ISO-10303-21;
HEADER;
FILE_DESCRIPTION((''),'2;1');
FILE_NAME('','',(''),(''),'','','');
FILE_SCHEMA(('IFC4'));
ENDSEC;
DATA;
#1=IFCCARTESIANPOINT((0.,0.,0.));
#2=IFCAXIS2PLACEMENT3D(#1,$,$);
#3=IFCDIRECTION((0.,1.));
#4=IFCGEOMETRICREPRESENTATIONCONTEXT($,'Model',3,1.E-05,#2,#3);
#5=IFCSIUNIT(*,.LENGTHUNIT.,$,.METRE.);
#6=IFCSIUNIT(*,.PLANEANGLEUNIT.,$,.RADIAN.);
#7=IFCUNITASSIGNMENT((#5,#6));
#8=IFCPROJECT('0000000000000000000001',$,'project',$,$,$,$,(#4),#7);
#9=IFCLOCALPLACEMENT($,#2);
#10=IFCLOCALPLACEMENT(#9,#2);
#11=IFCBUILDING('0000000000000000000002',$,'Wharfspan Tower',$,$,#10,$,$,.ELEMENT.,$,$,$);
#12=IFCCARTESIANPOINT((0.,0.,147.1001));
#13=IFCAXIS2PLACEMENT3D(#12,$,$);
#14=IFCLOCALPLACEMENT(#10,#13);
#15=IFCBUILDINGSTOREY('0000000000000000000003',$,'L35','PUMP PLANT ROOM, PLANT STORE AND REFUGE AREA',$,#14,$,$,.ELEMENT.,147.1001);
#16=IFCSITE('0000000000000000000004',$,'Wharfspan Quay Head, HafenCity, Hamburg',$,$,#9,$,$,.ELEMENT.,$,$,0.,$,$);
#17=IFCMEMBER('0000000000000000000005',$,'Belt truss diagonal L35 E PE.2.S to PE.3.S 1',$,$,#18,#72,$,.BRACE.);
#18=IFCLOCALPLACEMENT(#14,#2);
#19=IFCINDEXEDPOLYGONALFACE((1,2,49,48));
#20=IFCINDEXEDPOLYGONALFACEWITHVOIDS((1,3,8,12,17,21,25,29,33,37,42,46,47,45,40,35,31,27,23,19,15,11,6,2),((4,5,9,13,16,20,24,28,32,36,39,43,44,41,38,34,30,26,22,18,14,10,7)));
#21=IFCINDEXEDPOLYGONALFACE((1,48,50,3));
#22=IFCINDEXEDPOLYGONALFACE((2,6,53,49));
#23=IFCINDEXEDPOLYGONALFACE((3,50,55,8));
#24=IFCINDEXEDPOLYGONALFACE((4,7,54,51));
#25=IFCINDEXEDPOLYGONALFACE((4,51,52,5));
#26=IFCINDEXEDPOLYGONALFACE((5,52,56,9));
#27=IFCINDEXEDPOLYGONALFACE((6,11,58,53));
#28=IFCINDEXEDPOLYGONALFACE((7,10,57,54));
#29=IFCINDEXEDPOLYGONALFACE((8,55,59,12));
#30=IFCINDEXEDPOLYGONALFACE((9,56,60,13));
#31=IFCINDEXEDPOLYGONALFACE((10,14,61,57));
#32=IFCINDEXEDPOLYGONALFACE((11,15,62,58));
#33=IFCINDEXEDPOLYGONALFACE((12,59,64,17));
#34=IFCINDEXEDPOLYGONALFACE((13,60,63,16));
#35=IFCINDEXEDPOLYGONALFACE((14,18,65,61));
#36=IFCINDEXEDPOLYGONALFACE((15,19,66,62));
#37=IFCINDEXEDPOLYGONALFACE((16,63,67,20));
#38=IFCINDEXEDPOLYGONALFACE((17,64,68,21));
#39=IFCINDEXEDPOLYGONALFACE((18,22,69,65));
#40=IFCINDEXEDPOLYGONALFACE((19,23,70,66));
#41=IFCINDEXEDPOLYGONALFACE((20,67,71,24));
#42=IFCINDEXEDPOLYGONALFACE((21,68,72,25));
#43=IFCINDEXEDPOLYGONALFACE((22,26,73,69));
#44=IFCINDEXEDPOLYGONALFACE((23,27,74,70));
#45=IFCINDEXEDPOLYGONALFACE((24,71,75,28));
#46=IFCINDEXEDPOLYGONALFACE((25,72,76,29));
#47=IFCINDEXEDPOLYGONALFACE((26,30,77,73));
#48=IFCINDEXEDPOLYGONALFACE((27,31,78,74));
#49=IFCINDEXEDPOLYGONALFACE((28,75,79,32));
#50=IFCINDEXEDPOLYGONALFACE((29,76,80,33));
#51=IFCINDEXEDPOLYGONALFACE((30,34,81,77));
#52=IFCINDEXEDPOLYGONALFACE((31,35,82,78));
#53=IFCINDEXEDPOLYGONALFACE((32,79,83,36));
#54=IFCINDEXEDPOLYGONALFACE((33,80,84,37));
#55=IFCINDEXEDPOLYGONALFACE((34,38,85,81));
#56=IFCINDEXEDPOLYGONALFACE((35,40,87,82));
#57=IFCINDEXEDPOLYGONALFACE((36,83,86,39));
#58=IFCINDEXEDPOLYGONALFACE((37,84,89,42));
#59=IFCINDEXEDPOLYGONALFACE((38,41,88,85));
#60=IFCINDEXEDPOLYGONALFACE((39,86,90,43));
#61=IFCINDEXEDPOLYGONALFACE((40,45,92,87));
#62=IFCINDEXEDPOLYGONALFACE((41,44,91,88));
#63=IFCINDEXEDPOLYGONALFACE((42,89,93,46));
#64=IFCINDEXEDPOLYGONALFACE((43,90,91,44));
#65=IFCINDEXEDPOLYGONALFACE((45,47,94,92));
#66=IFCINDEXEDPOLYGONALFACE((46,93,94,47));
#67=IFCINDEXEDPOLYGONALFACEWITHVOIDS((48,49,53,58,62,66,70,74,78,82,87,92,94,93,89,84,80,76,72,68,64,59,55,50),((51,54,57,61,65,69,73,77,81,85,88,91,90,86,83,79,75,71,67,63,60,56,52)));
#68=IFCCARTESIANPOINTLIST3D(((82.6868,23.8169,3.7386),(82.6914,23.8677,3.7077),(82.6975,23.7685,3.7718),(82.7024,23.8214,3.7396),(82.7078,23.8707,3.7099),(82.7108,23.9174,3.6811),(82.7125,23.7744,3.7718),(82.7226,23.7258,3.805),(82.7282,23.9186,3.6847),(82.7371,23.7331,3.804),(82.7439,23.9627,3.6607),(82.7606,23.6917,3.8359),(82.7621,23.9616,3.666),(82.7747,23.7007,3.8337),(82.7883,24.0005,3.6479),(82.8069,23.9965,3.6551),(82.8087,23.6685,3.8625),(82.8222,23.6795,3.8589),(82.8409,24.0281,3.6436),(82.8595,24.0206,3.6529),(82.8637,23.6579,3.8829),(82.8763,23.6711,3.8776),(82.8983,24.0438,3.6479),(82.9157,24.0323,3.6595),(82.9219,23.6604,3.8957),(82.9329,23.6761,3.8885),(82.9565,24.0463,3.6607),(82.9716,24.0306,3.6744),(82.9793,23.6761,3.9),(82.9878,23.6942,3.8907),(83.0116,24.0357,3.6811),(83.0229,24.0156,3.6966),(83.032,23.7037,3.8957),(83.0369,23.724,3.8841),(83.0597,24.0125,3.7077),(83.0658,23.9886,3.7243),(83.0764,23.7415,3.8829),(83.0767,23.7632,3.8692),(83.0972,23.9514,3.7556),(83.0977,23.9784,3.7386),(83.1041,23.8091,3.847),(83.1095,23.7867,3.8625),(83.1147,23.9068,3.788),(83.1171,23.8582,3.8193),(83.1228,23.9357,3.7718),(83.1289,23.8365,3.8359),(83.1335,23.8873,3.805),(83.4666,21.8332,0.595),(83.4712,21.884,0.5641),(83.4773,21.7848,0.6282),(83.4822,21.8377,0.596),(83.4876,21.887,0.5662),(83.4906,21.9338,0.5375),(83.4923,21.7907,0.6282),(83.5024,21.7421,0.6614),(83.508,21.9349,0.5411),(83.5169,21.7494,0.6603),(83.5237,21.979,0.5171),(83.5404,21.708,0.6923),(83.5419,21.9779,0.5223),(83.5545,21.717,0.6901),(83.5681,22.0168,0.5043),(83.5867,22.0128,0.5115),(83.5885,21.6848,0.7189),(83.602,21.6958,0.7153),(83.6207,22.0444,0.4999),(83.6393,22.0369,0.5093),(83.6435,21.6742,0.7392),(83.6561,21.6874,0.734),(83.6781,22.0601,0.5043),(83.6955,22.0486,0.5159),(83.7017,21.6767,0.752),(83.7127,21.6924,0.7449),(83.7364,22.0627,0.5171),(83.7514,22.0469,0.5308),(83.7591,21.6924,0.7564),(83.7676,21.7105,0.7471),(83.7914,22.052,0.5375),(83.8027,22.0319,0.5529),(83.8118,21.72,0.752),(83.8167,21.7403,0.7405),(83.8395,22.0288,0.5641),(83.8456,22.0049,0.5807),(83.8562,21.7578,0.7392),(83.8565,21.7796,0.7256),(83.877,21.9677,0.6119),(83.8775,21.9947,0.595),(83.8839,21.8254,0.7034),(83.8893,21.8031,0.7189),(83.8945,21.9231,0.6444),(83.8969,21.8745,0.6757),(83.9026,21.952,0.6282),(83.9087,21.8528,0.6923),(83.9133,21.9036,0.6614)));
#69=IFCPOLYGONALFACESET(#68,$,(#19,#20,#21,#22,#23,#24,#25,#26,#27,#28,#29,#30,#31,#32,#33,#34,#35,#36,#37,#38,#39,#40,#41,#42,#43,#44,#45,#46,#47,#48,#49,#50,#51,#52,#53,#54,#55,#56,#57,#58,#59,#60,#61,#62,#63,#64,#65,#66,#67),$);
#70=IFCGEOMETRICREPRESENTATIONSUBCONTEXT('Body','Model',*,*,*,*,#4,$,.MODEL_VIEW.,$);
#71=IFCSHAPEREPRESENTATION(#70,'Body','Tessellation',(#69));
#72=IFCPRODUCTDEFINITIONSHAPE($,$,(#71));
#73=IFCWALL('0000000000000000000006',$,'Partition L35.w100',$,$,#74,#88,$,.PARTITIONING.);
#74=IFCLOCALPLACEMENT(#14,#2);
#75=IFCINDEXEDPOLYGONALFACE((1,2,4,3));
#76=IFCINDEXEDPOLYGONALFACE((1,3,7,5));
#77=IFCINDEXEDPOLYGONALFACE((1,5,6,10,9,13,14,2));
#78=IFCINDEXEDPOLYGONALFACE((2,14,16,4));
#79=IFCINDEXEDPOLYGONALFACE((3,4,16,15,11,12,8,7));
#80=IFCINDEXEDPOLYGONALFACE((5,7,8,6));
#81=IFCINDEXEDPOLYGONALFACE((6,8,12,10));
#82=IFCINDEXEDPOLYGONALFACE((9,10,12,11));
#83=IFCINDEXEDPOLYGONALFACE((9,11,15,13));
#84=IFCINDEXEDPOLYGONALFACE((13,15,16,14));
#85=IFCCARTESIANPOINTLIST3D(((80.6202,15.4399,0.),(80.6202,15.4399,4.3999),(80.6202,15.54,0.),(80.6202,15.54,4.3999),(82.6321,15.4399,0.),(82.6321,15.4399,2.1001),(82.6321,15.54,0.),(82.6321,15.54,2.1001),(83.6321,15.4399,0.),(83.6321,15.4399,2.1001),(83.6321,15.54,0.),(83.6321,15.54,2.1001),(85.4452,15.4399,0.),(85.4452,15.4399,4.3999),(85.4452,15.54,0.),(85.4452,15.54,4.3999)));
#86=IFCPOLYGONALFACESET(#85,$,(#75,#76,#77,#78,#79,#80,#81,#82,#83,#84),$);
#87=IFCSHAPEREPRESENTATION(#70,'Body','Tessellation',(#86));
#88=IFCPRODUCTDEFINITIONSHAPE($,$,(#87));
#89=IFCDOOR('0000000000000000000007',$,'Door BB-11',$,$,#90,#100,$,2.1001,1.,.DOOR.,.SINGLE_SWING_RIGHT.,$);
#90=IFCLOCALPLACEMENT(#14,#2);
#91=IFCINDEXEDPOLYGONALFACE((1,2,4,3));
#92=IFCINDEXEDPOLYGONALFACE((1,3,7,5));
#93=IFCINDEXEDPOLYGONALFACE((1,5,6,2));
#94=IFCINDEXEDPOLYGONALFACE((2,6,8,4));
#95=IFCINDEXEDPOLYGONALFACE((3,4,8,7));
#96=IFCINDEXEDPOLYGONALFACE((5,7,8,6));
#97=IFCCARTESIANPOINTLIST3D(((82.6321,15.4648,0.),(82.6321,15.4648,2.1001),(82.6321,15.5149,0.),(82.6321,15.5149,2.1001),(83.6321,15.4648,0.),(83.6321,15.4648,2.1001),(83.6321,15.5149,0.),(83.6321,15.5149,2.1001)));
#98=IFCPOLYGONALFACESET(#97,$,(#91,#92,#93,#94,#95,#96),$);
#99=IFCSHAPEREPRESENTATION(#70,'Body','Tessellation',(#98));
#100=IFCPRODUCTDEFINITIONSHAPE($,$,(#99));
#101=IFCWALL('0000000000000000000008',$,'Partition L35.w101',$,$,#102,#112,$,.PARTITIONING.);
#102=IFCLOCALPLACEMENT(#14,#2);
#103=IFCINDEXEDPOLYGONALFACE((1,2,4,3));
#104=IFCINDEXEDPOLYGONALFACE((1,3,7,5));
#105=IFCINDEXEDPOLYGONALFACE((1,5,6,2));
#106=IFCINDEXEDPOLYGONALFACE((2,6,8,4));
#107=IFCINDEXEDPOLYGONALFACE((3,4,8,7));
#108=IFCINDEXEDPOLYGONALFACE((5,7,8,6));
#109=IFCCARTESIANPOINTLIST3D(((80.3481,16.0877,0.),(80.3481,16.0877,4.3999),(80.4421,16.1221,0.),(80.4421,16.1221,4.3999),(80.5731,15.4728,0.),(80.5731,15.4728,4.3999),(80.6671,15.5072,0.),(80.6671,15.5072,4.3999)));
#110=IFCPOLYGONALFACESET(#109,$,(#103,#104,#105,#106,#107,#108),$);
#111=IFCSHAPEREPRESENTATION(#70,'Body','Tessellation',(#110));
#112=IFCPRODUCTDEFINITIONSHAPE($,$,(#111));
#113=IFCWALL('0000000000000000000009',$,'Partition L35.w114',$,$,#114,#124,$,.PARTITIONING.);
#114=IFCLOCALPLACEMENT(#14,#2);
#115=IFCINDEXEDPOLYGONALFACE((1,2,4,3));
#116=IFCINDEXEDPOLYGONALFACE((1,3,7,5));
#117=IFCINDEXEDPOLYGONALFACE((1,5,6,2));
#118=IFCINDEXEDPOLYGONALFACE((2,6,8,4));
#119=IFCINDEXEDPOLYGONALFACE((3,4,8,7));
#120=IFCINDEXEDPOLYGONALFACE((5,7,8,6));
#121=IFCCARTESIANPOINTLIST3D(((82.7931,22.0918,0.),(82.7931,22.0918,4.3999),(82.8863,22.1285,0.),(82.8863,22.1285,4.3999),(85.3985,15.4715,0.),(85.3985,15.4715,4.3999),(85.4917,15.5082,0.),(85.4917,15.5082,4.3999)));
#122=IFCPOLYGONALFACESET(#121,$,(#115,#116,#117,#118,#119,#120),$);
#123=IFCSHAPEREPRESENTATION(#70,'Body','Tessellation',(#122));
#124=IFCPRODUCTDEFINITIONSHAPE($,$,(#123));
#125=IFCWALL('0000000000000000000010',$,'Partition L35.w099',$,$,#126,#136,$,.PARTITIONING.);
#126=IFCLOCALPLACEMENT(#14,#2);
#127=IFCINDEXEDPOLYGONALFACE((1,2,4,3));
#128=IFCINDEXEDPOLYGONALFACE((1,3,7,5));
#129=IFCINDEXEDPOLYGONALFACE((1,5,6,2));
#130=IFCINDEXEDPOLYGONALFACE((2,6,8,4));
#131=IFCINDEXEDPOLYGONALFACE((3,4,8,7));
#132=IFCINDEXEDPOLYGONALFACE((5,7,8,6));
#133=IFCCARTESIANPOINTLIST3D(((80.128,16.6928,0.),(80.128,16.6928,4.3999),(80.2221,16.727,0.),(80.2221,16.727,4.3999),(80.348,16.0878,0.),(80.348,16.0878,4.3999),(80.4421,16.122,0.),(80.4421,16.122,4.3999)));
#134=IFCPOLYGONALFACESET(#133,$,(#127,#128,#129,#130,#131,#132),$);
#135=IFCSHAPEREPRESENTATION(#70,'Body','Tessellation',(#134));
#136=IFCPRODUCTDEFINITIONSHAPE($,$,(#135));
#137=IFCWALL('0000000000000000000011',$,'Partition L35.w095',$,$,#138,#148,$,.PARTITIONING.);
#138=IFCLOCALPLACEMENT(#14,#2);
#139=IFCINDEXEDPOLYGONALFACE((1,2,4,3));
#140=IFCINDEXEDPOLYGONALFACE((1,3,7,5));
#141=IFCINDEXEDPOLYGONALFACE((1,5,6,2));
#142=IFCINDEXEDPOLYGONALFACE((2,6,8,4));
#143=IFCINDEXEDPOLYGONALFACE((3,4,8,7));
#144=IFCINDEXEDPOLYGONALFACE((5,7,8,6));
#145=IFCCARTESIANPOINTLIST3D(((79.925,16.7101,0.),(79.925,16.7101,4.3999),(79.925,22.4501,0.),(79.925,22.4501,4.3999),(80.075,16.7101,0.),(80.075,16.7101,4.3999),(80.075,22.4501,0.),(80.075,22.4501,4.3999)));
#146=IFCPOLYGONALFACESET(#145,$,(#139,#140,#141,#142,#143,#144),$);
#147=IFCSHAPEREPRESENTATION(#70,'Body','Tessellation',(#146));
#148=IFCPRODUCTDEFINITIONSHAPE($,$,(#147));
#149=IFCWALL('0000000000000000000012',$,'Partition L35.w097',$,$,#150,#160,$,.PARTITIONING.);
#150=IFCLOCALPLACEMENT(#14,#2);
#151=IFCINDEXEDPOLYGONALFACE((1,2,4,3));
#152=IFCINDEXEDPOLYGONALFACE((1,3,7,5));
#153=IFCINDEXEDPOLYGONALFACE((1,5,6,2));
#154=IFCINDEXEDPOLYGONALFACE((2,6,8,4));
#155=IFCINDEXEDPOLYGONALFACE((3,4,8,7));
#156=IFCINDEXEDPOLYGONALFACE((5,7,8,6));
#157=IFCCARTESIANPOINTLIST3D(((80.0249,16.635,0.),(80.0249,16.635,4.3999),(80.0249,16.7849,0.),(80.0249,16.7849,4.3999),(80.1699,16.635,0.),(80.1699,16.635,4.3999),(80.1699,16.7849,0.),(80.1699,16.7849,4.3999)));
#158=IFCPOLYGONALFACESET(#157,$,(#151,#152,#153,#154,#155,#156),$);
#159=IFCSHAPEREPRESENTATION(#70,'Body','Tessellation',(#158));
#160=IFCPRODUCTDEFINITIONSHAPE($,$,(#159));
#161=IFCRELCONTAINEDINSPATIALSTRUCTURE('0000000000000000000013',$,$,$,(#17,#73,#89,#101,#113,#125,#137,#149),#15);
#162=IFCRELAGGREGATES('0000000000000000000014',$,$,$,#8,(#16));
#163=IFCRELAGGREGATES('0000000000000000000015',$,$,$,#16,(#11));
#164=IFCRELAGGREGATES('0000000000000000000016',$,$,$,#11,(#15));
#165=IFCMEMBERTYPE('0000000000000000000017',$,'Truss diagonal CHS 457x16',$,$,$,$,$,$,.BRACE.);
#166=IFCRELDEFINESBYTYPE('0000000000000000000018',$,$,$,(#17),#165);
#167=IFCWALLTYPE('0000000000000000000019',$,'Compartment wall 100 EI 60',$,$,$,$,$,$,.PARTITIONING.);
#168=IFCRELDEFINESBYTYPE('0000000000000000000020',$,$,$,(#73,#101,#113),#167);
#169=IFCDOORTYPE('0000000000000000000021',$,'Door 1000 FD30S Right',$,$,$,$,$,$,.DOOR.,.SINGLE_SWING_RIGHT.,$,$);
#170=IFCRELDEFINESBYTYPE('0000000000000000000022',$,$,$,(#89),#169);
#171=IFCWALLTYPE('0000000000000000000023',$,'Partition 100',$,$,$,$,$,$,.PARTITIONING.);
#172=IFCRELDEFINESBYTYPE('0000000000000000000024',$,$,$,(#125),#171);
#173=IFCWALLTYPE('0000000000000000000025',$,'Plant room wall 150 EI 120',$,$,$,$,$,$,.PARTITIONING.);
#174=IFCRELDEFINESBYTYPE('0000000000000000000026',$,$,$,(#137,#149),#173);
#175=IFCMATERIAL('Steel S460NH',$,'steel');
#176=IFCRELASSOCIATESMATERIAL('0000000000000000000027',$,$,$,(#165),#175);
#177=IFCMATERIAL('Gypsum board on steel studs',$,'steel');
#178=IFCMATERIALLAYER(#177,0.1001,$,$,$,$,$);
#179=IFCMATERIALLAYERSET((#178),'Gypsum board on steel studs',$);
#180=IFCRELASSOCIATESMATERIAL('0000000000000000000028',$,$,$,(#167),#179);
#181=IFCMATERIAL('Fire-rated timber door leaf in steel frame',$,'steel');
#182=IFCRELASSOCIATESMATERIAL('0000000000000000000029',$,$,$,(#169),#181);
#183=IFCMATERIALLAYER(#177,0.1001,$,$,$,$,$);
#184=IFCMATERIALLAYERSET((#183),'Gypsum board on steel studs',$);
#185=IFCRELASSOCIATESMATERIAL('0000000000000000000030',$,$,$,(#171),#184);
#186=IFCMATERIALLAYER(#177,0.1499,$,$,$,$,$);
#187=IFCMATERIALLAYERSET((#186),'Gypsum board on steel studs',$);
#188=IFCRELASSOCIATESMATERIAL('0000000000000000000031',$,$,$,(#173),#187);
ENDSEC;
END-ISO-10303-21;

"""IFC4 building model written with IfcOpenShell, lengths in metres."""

from ifc_helpers import new_model, si_unit, direction, frame, frame_2d, origin, origin_2d, place, context, subcontext, project, spatial, rectangle, hollow_circle, extrude, material, layer, layer_set, material_profile, profile_set, type_object, element, fill, save


model = new_model("IFC4")

# Units and contexts
model_context = context("Model", 3, precision=1e-05, world=origin(), true_north=direction((0.0, 1.0)))
body_context = subcontext(model_context, "Body", "Model", "MODEL_VIEW")
ifc_project = project(units=[si_unit("LENGTHUNIT", "METRE"), si_unit("PLANEANGLEUNIT", "RADIAN")], contexts=[model_context])

# Site, building, storey
site_placement = place(None, origin())
site = spatial("IfcSite", under=ifc_project, at=site_placement, Name="Wharfspan Quay Head, HafenCity, Hamburg", CompositionType="ELEMENT", RefElevation=0.0)
building_placement = place(site_placement, origin())
building = spatial("IfcBuilding", under=site, at=building_placement, Name="Wharfspan Tower", CompositionType="ELEMENT")
storey_placement = place(building_placement, frame((0.0, 0.0, 147.1001)))
storey = spatial("IfcBuildingStorey", under=building, at=storey_placement, Name="L35", Description="PUMP PLANT ROOM, PLANT STORE AND REFUGE AREA", CompositionType="ELEMENT", Elevation=147.1001)

# Member
ifc_material_1 = material(Name="Steel S460NH", Category="steel")
ifc_material_profile_1 = material_profile(ifc_material_1, hollow_circle(Radius=0.2285, WallThickness=0.0161, at=origin_2d()))
ifc_profile_set_1 = profile_set([ifc_material_profile_1], Name="Steel S460NH")
member_type_1 = type_object("IfcMemberType", Name="Truss diagonal CHS 457x16", PredefinedType="BRACE", material=ifc_profile_set_1)
member_placement = place(storey_placement, frame((83.6899, 21.8684, 0.6282), z_axis=(-0.205314, 0.522285, 0.827686), x_axis=(-0.930676, -0.365857, 0.000001)))
element("IfcMember", 1, at=member_placement, inside=storey, type_object=member_type_1, Name="Belt truss diagonal L35 E PE.2.S to PE.3.S 1", PredefinedType="BRACE", context=body_context, shape_type="SweptSolid", body=[
    extrude(hollow_circle(Radius=0.2285, WallThickness=0.0161, at=origin_2d()), origin(), (0.0, 0.0, 1.0), 3.7981),
])

# Wall, opening, door
ifc_material_2 = material(Name="Gypsum board on steel studs", Category="steel")
ifc_layer_1 = layer(ifc_material_2, 0.1001)
ifc_layer_set_1 = layer_set([ifc_layer_1], Name="Gypsum board on steel studs")
wall_type_1 = type_object("IfcWallType", Name="Compartment wall 100 EI 60", PredefinedType="PARTITIONING", material=ifc_layer_set_1)
wall_1_placement = place(storey_placement, frame((80.6201, 15.49, 0.0), z_axis=(0.0, 0.0, 1.0), x_axis=(1.0, 0.0, 0.0)))
wall_1 = element("IfcWall", 2, at=wall_1_placement, inside=storey, type_object=wall_type_1, Name="Partition L35.w100", PredefinedType="PARTITIONING", context=body_context, shape_type="SweptSolid", body=[
    extrude(rectangle(XDim=4.825, YDim=0.1001, at=frame_2d((2.4126, 0.0))), origin(), (0.0, 0.0, 1.0), 4.3999),
])
opening_placement = place(wall_1_placement, frame((2.012, 0.0, 0.0)))
opening = element("IfcOpeningElement", 3, at=opening_placement, cuts=wall_1, PredefinedType="OPENING", context=body_context, shape_type="SweptSolid", body=[
    extrude(rectangle(XDim=1.0, YDim=2.1001, at=frame_2d((0.5, 1.05))), frame((0.0, 0.0601, 0.0), z_axis=(0.0, -1.0, 0.0), x_axis=(1.0, 0.0, 0.0)), (0.0, 0.0, 1.0), 0.1201),
])
ifc_material_3 = material(Name="Fire-rated timber door leaf in steel frame", Category="steel")
door_type = type_object("IfcDoorType", Name="Door 1000 FD30S Right", OperationType="SINGLE_SWING_RIGHT", PredefinedType="DOOR", material=ifc_material_3)
door_placement = place(opening_placement, origin())
door = element("IfcDoor", 4, at=door_placement, inside=storey, type_object=door_type, Name="Door BB-11", OperationType="SINGLE_SWING_RIGHT", OverallHeight=2.1001, OverallWidth=1.0, PredefinedType="DOOR", context=body_context, shape_type="SweptSolid", body=[
    extrude(rectangle(XDim=1.0, YDim=2.1001, at=frame_2d((0.5, 1.05))), frame((0.0, 0.0249, 0.0), z_axis=(0.0, -1.0, 0.0), x_axis=(1.0, 0.0, 0.0)), (0.0, 0.0, 1.0), 0.05),
])
fill(opening, door)

# Walls
wall_2_placement = place(storey_placement, frame((80.6201, 15.49, 0.0), z_axis=(0.0, 0.0, 1.0), x_axis=(-0.343719, 0.939076, 0.0)))
element("IfcWall", 5, at=wall_2_placement, inside=storey, type_object=wall_type_1, Name="Partition L35.w101", PredefinedType="PARTITIONING", context=body_context, shape_type="SweptSolid", body=[
    extrude(rectangle(XDim=0.6548, YDim=0.1001, at=frame_2d((0.3274, 0.0))), origin(), (0.0, 0.0, 1.0), 4.3999),
])
wall_3_placement = place(storey_placement, frame((85.4451, 15.49, 0.0), z_axis=(0.0, 0.0, 1.0), x_axis=(-0.366214, 0.930531, 0.0)))
element("IfcWall", 6, at=wall_3_placement, inside=storey, type_object=wall_type_1, Name="Partition L35.w114", PredefinedType="PARTITIONING", context=body_context, shape_type="SweptSolid", body=[
    extrude(rectangle(XDim=7.1145, YDim=0.1001, at=frame_2d((3.5571, 0.0))), origin(), (0.0, 0.0, 1.0), 4.3999),
])
ifc_layer_2 = layer(ifc_material_2, 0.1001)
ifc_layer_set_2 = layer_set([ifc_layer_2], Name="Gypsum board on steel studs")
wall_type_2 = type_object("IfcWallType", Name="Partition 100", PredefinedType="PARTITIONING", material=ifc_layer_set_2)
wall_4_placement = place(storey_placement, frame((80.395, 16.105, 0.0), z_axis=(0.0, 0.0, 1.0), x_axis=(-0.341711, 0.9398, 0.0)))
element("IfcWall", 7, at=wall_4_placement, inside=storey, type_object=wall_type_2, Name="Partition L35.w099", PredefinedType="PARTITIONING", context=body_context, shape_type="SweptSolid", body=[
    extrude(rectangle(XDim=0.6438, YDim=0.1001, at=frame_2d((0.3218, 0.0))), origin(), (0.0, 0.0, 1.0), 4.3999),
])
ifc_layer_3 = layer(ifc_material_2, 0.1499)
ifc_layer_set_3 = layer_set([ifc_layer_3], Name="Gypsum board on steel studs")
wall_type_3 = type_object("IfcWallType", Name="Plant room wall 150 EI 120", PredefinedType="PARTITIONING", material=ifc_layer_set_3)
wall_5_placement = place(storey_placement, frame((80.0, 16.71, 0.0), z_axis=(0.0, 0.0, 1.0), x_axis=(0.0, 1.0, 0.0)))
element("IfcWall", 8, at=wall_5_placement, inside=storey, type_object=wall_type_3, Name="Partition L35.w095", PredefinedType="PARTITIONING", context=body_context, shape_type="SweptSolid", body=[
    extrude(rectangle(XDim=5.74, YDim=0.1499, at=frame_2d((2.8701, 0.0))), origin(), (0.0, 0.0, 1.0), 4.3999),
])
wall_6_placement = place(storey_placement, frame((80.0249, 16.71, 0.0), z_axis=(0.0, 0.0, 1.0), x_axis=(1.0, 0.0, 0.0)))
element("IfcWall", 9, at=wall_6_placement, inside=storey, type_object=wall_type_3, Name="Partition L35.w097", PredefinedType="PARTITIONING", context=body_context, shape_type="SweptSolid", body=[
    extrude(rectangle(XDim=0.145, YDim=0.1499, at=frame_2d((0.0725, 0.0))), origin(), (0.0, 0.0, 1.0), 4.3999),
])

save(model, "model.ifc")
